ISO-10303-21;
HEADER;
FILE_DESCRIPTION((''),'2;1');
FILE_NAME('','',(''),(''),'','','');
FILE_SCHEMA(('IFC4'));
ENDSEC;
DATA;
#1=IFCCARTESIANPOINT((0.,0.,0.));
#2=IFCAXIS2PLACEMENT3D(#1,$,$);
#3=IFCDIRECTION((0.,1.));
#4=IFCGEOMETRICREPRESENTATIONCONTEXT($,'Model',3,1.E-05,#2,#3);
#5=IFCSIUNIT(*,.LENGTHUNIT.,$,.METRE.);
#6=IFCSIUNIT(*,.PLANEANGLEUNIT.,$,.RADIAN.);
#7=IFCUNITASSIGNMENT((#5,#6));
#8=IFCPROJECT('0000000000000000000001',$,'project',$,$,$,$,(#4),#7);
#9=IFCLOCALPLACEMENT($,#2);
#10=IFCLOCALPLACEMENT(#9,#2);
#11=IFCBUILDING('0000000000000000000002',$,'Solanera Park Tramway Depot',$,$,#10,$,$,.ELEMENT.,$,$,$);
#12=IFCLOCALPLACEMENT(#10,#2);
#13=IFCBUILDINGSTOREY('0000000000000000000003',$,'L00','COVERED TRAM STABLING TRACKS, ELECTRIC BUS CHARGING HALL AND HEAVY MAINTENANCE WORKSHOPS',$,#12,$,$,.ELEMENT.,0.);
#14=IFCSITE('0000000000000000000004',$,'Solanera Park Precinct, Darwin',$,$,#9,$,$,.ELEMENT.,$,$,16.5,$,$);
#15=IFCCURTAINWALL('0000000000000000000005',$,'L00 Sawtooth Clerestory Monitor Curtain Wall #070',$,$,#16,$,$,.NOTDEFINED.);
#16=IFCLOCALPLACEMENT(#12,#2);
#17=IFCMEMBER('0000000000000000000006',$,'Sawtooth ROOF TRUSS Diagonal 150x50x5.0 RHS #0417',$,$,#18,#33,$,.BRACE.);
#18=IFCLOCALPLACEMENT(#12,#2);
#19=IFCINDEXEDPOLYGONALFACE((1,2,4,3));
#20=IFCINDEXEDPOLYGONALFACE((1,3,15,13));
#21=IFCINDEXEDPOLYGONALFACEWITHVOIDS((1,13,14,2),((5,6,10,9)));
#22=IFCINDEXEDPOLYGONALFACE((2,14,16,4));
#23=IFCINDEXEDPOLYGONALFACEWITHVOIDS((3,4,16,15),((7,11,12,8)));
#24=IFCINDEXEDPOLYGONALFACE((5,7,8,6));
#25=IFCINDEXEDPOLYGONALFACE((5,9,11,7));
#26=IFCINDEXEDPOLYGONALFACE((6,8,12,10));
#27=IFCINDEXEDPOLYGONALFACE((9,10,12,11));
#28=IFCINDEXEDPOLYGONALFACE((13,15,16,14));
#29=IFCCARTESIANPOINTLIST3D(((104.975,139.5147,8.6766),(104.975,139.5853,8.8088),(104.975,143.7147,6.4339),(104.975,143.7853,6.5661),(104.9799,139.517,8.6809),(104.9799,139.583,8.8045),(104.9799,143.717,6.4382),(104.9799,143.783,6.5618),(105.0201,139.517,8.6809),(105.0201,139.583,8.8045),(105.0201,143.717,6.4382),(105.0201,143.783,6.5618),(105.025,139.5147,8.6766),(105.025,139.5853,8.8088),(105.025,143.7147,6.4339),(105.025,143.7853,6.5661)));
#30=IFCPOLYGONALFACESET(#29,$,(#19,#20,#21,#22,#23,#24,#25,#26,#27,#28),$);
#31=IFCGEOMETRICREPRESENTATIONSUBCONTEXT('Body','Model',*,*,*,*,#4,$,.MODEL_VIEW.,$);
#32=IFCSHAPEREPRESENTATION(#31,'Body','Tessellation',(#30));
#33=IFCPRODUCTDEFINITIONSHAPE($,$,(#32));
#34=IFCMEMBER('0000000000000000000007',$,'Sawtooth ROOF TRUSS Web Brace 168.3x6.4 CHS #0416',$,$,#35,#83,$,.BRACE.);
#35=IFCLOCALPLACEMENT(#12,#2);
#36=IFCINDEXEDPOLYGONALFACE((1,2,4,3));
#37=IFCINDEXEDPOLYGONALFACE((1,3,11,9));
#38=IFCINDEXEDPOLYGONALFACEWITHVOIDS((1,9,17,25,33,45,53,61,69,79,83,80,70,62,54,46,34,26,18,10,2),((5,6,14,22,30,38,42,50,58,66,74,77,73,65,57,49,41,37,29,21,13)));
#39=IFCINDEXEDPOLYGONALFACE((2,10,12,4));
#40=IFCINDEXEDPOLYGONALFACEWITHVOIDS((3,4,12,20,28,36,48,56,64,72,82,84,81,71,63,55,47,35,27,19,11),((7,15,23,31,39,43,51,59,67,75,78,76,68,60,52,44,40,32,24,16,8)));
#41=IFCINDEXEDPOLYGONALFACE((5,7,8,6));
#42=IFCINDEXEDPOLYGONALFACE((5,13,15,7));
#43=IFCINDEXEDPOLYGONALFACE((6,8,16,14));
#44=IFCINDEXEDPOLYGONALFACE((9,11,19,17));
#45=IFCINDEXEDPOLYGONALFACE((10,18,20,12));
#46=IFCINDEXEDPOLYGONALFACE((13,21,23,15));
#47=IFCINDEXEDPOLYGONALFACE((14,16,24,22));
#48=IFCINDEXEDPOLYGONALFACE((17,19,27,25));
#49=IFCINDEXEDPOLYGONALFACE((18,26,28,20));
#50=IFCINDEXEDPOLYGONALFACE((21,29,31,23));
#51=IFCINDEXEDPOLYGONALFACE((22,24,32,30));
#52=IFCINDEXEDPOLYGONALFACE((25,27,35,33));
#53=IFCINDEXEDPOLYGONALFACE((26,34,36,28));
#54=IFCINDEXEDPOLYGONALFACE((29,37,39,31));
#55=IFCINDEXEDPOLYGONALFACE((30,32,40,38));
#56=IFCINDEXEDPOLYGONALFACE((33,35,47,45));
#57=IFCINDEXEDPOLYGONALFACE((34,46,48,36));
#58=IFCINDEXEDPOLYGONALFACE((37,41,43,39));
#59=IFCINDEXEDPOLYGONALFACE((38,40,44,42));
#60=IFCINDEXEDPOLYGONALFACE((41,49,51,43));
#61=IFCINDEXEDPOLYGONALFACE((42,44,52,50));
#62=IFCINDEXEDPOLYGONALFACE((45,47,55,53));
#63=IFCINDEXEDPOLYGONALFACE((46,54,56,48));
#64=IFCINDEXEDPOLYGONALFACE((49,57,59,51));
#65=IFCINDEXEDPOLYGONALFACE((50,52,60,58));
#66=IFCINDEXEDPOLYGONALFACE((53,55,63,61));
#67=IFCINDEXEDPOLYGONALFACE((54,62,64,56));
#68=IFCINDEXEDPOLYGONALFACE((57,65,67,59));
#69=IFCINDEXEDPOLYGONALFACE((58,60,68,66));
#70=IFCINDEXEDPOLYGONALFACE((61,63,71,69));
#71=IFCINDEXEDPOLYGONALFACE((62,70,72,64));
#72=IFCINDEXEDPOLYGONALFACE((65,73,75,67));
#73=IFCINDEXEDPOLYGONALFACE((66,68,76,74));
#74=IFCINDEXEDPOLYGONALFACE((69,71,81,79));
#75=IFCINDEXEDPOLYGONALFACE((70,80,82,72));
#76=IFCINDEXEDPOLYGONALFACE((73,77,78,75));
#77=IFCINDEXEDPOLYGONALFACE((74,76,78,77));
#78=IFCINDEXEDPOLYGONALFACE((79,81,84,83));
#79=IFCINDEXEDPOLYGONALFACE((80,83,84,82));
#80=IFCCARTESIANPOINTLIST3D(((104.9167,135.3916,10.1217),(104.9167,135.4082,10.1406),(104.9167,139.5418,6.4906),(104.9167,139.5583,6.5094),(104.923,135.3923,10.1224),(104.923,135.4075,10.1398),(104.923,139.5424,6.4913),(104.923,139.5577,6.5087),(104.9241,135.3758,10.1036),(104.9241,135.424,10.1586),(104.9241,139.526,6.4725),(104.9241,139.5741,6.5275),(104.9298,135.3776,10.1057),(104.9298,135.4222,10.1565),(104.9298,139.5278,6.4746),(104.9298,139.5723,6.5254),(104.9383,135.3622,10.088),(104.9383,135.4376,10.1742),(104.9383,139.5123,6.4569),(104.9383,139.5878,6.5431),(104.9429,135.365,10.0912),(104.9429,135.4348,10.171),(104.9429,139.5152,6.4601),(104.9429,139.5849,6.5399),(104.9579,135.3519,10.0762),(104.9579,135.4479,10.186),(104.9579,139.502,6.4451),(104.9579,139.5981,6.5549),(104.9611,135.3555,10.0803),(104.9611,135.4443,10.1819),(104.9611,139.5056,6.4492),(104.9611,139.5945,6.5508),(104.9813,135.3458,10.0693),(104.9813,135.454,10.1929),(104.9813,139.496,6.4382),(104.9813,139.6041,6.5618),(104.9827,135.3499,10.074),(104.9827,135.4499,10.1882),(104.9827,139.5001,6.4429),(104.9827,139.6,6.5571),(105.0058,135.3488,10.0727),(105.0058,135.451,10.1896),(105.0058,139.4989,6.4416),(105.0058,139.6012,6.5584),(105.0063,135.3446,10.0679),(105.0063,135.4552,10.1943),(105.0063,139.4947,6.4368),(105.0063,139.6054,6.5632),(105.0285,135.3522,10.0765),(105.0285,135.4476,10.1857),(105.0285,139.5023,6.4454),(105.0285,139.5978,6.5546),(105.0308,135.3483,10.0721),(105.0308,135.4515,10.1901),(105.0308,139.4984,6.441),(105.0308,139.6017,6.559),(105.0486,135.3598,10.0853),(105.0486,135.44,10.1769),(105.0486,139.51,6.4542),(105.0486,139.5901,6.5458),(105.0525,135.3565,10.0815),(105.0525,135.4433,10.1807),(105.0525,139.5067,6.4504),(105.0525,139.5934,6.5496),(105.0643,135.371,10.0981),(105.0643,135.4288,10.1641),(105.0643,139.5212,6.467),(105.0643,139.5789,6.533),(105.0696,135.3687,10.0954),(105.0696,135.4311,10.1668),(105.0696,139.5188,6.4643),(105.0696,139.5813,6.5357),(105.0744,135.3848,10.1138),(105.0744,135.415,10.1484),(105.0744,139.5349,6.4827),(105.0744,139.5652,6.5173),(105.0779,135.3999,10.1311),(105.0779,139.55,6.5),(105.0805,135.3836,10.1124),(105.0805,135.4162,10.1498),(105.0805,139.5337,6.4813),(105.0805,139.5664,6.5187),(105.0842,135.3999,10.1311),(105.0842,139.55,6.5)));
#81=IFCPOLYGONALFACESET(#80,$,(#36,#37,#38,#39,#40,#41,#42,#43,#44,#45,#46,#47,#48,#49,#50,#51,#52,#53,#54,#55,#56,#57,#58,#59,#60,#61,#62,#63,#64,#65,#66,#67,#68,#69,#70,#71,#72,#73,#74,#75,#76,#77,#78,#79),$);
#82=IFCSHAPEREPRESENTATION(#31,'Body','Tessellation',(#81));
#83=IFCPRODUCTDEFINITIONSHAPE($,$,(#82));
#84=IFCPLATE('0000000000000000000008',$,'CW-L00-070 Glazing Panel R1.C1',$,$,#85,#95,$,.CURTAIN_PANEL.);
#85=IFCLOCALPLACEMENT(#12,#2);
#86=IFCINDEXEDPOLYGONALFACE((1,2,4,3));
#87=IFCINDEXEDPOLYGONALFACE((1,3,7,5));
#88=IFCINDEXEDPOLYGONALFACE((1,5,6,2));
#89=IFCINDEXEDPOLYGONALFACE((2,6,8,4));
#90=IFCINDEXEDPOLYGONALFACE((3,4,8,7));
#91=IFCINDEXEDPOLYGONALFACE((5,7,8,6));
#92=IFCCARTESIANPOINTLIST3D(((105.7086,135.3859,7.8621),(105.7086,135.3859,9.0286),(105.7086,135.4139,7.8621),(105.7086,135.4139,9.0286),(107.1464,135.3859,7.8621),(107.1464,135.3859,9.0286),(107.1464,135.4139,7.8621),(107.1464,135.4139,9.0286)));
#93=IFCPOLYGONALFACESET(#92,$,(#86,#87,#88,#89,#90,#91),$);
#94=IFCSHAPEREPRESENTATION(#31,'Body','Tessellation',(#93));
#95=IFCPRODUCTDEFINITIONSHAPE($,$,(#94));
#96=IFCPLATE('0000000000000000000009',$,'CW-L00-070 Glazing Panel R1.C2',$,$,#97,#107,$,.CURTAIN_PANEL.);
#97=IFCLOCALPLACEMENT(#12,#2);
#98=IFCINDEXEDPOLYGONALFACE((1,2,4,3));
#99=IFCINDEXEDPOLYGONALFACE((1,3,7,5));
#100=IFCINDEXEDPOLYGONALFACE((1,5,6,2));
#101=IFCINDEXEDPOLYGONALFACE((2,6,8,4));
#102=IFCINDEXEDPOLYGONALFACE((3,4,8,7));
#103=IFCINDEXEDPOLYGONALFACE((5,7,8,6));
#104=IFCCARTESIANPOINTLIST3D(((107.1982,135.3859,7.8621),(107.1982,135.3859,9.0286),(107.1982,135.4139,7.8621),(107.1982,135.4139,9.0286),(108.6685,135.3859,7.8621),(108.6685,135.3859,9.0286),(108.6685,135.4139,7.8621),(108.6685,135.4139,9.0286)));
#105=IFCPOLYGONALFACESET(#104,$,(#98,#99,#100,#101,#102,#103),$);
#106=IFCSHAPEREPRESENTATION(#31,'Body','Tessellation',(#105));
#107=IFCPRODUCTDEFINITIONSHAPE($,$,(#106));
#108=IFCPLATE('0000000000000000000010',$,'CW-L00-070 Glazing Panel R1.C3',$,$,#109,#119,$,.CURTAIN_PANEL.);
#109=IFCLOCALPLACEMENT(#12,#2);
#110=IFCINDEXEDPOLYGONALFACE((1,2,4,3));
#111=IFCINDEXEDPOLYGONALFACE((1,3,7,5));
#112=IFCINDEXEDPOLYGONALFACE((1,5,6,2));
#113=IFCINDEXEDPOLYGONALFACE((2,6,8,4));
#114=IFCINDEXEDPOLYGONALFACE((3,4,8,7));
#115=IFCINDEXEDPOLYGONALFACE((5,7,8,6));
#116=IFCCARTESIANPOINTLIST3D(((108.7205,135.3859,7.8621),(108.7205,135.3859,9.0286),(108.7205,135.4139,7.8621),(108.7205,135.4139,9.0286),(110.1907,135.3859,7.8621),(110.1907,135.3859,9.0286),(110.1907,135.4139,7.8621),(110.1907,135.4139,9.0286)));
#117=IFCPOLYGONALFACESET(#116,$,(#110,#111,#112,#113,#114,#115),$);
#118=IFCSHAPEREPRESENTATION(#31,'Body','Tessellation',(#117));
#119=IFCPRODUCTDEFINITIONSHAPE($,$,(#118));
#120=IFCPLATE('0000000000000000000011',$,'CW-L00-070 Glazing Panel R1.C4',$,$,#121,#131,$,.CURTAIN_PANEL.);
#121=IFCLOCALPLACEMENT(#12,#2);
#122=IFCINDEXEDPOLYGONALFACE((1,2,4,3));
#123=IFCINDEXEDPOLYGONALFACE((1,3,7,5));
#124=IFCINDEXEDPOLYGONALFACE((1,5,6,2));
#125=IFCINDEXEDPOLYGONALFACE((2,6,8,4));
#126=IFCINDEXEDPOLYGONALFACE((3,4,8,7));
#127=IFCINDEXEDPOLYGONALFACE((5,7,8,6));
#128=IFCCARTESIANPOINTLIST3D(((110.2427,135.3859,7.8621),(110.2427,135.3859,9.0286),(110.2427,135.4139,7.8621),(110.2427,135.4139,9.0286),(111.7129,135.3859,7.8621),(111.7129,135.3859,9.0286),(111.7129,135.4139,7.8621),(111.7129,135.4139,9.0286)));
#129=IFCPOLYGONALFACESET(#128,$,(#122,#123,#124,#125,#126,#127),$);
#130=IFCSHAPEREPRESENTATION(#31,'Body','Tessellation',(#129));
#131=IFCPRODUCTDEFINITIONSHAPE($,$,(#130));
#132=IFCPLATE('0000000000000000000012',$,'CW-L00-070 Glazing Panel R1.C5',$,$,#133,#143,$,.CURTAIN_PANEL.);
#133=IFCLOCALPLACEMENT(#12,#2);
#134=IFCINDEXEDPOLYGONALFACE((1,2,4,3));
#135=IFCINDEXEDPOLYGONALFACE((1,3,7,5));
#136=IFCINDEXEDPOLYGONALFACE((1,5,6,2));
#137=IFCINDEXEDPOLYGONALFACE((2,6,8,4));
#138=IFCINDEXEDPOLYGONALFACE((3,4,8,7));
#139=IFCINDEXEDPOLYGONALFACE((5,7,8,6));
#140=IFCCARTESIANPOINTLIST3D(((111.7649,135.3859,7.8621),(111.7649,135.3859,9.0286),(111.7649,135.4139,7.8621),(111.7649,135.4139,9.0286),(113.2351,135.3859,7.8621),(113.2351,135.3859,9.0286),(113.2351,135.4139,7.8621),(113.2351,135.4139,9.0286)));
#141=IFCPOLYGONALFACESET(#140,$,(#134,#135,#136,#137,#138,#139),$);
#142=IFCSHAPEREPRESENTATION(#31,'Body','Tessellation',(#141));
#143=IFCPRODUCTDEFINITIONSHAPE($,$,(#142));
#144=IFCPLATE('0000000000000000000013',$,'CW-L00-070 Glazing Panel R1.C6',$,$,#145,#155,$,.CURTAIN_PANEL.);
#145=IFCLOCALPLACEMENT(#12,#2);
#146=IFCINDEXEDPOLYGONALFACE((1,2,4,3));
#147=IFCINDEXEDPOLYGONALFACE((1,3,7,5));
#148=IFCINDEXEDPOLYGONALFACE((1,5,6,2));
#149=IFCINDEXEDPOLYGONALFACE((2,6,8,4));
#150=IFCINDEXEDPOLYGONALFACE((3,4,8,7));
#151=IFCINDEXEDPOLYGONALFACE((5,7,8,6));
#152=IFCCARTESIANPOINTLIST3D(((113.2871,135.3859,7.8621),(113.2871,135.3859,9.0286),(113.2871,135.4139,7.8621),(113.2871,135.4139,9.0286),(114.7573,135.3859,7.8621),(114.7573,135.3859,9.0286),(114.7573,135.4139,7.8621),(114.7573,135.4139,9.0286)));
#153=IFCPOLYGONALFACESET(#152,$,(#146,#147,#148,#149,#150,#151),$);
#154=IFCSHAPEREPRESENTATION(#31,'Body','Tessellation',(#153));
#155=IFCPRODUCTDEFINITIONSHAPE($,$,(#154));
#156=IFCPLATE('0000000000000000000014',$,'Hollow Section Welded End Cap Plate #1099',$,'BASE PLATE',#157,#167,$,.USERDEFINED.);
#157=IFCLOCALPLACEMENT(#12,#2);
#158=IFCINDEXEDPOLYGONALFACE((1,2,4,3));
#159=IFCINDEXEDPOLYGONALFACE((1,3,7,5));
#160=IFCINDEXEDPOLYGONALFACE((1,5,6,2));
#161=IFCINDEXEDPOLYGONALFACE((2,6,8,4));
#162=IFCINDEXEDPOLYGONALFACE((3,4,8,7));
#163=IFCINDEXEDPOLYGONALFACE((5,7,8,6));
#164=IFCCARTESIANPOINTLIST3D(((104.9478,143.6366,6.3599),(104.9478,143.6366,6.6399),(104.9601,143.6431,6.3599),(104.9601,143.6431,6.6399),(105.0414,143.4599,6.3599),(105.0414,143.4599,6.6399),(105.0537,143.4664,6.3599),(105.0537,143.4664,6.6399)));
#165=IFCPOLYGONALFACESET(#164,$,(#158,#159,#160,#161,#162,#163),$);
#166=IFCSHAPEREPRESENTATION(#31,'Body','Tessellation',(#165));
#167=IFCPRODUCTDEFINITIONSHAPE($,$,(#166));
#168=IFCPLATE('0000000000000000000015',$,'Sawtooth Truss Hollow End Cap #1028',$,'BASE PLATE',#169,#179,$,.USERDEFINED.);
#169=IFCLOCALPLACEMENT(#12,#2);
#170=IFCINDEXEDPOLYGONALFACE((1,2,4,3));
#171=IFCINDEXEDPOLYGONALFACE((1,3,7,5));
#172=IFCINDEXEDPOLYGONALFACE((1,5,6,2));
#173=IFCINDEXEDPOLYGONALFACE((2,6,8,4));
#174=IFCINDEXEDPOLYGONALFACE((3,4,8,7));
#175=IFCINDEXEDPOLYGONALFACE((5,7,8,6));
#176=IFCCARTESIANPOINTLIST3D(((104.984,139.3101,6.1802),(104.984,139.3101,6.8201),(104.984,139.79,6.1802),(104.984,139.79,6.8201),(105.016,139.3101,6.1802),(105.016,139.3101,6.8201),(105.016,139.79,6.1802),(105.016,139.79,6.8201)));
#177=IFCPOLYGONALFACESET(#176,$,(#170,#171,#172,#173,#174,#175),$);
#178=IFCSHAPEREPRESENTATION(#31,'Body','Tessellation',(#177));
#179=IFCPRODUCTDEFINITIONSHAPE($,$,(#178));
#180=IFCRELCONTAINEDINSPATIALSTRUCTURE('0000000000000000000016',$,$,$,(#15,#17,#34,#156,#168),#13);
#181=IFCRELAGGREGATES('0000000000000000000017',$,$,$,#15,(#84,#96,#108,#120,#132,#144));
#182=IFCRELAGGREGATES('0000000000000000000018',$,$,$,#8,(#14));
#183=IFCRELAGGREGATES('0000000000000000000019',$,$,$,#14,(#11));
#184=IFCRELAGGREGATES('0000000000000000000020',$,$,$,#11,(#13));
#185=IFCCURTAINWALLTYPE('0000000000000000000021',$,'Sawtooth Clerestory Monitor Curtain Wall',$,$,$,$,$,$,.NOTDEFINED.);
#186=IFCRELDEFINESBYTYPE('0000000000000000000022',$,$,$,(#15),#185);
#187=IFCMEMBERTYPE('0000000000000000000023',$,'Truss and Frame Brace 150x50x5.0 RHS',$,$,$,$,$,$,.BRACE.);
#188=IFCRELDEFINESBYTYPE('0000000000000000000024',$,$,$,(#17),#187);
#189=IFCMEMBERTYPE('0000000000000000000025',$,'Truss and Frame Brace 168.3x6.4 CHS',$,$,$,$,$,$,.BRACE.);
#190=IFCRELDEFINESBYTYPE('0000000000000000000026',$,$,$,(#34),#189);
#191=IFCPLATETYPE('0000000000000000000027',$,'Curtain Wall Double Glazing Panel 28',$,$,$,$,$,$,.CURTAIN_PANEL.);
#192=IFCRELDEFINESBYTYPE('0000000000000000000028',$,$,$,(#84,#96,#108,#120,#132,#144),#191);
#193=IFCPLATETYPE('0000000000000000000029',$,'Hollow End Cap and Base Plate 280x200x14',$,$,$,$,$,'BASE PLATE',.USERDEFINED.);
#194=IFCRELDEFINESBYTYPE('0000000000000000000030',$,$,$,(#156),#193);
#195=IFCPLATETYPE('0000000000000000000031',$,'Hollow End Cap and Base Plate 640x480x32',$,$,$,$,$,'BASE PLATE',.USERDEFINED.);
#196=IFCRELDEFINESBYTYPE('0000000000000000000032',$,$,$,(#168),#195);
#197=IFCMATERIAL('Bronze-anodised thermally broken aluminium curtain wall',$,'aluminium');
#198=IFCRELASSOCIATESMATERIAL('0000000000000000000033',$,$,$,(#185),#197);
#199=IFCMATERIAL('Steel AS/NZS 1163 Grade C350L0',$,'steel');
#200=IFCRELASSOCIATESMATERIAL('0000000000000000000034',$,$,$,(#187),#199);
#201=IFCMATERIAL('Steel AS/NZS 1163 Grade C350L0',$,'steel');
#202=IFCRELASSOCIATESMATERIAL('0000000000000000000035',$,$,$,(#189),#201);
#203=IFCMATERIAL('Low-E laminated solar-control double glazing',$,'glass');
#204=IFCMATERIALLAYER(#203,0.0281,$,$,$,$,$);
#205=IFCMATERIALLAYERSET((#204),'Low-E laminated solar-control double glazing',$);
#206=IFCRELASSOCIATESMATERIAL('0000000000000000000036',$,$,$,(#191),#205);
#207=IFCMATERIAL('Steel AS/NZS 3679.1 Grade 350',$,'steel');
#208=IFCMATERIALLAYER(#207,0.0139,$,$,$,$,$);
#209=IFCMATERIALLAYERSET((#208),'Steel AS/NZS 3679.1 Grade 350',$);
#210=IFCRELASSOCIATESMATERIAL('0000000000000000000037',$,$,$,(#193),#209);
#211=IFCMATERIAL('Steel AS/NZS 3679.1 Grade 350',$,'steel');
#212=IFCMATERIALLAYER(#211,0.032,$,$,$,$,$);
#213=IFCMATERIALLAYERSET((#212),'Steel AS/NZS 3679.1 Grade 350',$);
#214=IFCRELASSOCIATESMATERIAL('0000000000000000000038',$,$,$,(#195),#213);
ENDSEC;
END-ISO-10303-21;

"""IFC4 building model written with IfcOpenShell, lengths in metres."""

from ifc_helpers import new_model, si_unit, direction, frame, origin, origin_2d, place, context, subcontext, project, spatial, rectangle, hollow_rectangle, hollow_circle, extrude, material, layer, layer_set, material_profile, profile_set, type_object, element, aggregate, save


model = new_model("IFC4")

# Units and contexts
model_context = context("Model", 3, precision=1e-05, world=origin(), true_north=direction((0.0, 1.0)))
body_context = subcontext(model_context, "Body", "Model", "MODEL_VIEW")
ifc_project = project(units=[si_unit("LENGTHUNIT", "METRE"), si_unit("PLANEANGLEUNIT", "RADIAN")], contexts=[model_context])

# Site, building, storey
site_placement = place(None, origin())
site = spatial("IfcSite", under=ifc_project, at=site_placement, Name="Solanera Park Precinct, Darwin", CompositionType="ELEMENT", RefElevation=16.5)
building_placement = place(site_placement, origin())
building = spatial("IfcBuilding", under=site, at=building_placement, Name="Solanera Park Tramway Depot", CompositionType="ELEMENT")
storey_placement = place(building_placement, origin())
storey = spatial("IfcBuildingStorey", under=building, at=storey_placement, Name="L00", Description="COVERED TRAM STABLING TRACKS, ELECTRIC BUS CHARGING HALL AND HEAVY MAINTENANCE WORKSHOPS", CompositionType="ELEMENT", Elevation=0.0)

# Curtain wall
ifc_material_1 = material(Name="Bronze-anodised thermally broken aluminium curtain wall", Category="aluminium")
curtain_wall_type = type_object("IfcCurtainWallType", Name="Sawtooth Clerestory Monitor Curtain Wall", PredefinedType="NOTDEFINED", material=ifc_material_1)
curtain_wall_placement = place(storey_placement, origin())
curtain_wall = element("IfcCurtainWall", 1, at=curtain_wall_placement, inside=storey, type_object=curtain_wall_type, Name="L00 Sawtooth Clerestory Monitor Curtain Wall #070", PredefinedType="NOTDEFINED")

# Members
ifc_material_2 = material(Name="Steel AS/NZS 1163 Grade C350L0", Category="steel")
ifc_material_profile_1 = material_profile(ifc_material_2, hollow_rectangle(XDim=0.05, YDim=0.1499, WallThickness=0.0049, at=origin_2d()), Name="150x50x5.0 RHS")
ifc_profile_set_1 = profile_set([ifc_material_profile_1], Name="Steel AS/NZS 1163 Grade C350L0")
member_type_1 = type_object("IfcMemberType", Name="Truss and Frame Brace 150x50x5.0 RHS", PredefinedType="BRACE", material=ifc_profile_set_1)
member_1_placement = place(storey_placement, frame((105.0, 143.75, 6.5), z_axis=(0.0, -0.882117, 0.47103), x_axis=(1.0, 0.0, 0.0)))
element("IfcMember", 2, at=member_1_placement, inside=storey, type_object=member_type_1, Name="Sawtooth ROOF TRUSS Diagonal 150x50x5.0 RHS #0417", PredefinedType="BRACE", context=body_context, shape_type="SweptSolid", body=[
    extrude(hollow_rectangle(XDim=0.05, YDim=0.1499, WallThickness=0.0049, at=origin_2d()), origin(), (0.0, 0.0, 1.0), 4.7612),
])
ifc_material_3 = material(Name="Steel AS/NZS 1163 Grade C350L0", Category="steel")
ifc_material_profile_2 = material_profile(ifc_material_3, hollow_circle(Radius=0.0842, WallThickness=0.0063, at=origin_2d()), Name="168.3x6.4 CHS")
ifc_profile_set_2 = profile_set([ifc_material_profile_2], Name="Steel AS/NZS 1163 Grade C350L0")
member_type_2 = type_object("IfcMemberType", Name="Truss and Frame Brace 168.3x6.4 CHS", PredefinedType="BRACE", material=ifc_profile_set_2)
member_2_placement = place(storey_placement, frame((105.0, 139.55, 6.5), z_axis=(0.0, -0.752601, 0.658476), x_axis=(1.0, 0.0, 0.0)))
element("IfcMember", 3, at=member_2_placement, inside=storey, type_object=member_type_2, Name="Sawtooth ROOF TRUSS Web Brace 168.3x6.4 CHS #0416", PredefinedType="BRACE", context=body_context, shape_type="SweptSolid", body=[
    extrude(hollow_circle(Radius=0.0842, WallThickness=0.0063, at=origin_2d()), origin(), (0.0, 0.0, 1.0), 5.5144),
])

# Plates
ifc_material_4 = material(Name="Low-E laminated solar-control double glazing", Category="glass")
ifc_layer_1 = layer(ifc_material_4, 0.0281)
ifc_layer_set_1 = layer_set([ifc_layer_1], Name="Low-E laminated solar-control double glazing")
plate_type_1 = type_object("IfcPlateType", Name="Curtain Wall Double Glazing Panel 28", PredefinedType="CURTAIN_PANEL", material=ifc_layer_set_1)
plate_1_placement = place(storey_placement, frame((106.4275, 135.3999, 7.8621), z_axis=(0.0, 0.0, 1.0), x_axis=(1.0, 0.0, 0.0)))
plate_1 = element("IfcPlate", 4, at=plate_1_placement, type_object=plate_type_1, Name="CW-L00-070 Glazing Panel R1.C1", PredefinedType="CURTAIN_PANEL", context=body_context, shape_type="SweptSolid", body=[
    extrude(rectangle(XDim=1.4377, YDim=0.0281, at=origin_2d()), origin(), (0.0, 0.0, 1.0), 1.1665),
])
plate_2_placement = place(storey_placement, frame((107.9333, 135.3999, 7.8621), z_axis=(0.0, 0.0, 1.0), x_axis=(1.0, 0.0, 0.0)))
plate_2 = element("IfcPlate", 5, at=plate_2_placement, type_object=plate_type_1, Name="CW-L00-070 Glazing Panel R1.C2", PredefinedType="CURTAIN_PANEL", context=body_context, shape_type="SweptSolid", body=[
    extrude(rectangle(XDim=1.4702, YDim=0.0281, at=origin_2d()), origin(), (0.0, 0.0, 1.0), 1.1665),
])
plate_3_placement = place(storey_placement, frame((109.4556, 135.3999, 7.8621), z_axis=(0.0, 0.0, 1.0), x_axis=(1.0, 0.0, 0.0)))
plate_3 = element("IfcPlate", 6, at=plate_3_placement, type_object=plate_type_1, Name="CW-L00-070 Glazing Panel R1.C3", PredefinedType="CURTAIN_PANEL", context=body_context, shape_type="SweptSolid", body=[
    extrude(rectangle(XDim=1.4702, YDim=0.0281, at=origin_2d()), origin(), (0.0, 0.0, 1.0), 1.1665),
])
plate_4_placement = place(storey_placement, frame((110.9778, 135.3999, 7.8621), z_axis=(0.0, 0.0, 1.0), x_axis=(1.0, 0.0, 0.0)))
plate_4 = element("IfcPlate", 7, at=plate_4_placement, type_object=plate_type_1, Name="CW-L00-070 Glazing Panel R1.C4", PredefinedType="CURTAIN_PANEL", context=body_context, shape_type="SweptSolid", body=[
    extrude(rectangle(XDim=1.4702, YDim=0.0281, at=origin_2d()), origin(), (0.0, 0.0, 1.0), 1.1665),
])
plate_5_placement = place(storey_placement, frame((112.5, 135.3999, 7.8621), z_axis=(0.0, 0.0, 1.0), x_axis=(1.0, 0.0, 0.0)))
plate_5 = element("IfcPlate", 8, at=plate_5_placement, type_object=plate_type_1, Name="CW-L00-070 Glazing Panel R1.C5", PredefinedType="CURTAIN_PANEL", context=body_context, shape_type="SweptSolid", body=[
    extrude(rectangle(XDim=1.4702, YDim=0.0281, at=origin_2d()), origin(), (0.0, 0.0, 1.0), 1.1665),
])
plate_6_placement = place(storey_placement, frame((114.0222, 135.3999, 7.8621), z_axis=(0.0, 0.0, 1.0), x_axis=(1.0, 0.0, 0.0)))
plate_6 = element("IfcPlate", 9, at=plate_6_placement, type_object=plate_type_1, Name="CW-L00-070 Glazing Panel R1.C6", PredefinedType="CURTAIN_PANEL", context=body_context, shape_type="SweptSolid", body=[
    extrude(rectangle(XDim=1.4702, YDim=0.0281, at=origin_2d()), origin(), (0.0, 0.0, 1.0), 1.1665),
])
aggregate(curtain_wall, [plate_1, plate_2, plate_3, plate_4, plate_5, plate_6])

# Plates
ifc_material_5 = material(Name="Steel AS/NZS 3679.1 Grade 350", Category="steel")
ifc_layer_2 = layer(ifc_material_5, 0.0139)
ifc_layer_set_2 = layer_set([ifc_layer_2], Name="Steel AS/NZS 3679.1 Grade 350")
plate_type_2 = type_object("IfcPlateType", Name="Hollow End Cap and Base Plate 280x200x14", ElementType="BASE PLATE", PredefinedType="USERDEFINED", material=ifc_layer_set_2)
plate_7_placement = place(storey_placement, frame((105.0007, 143.5515, 6.3599), z_axis=(0.0, 0.0, 1.0), x_axis=(0.883521, 0.468392, 0.0)))
element("IfcPlate", 10, at=plate_7_placement, inside=storey, type_object=plate_type_2, Name="Hollow Section Welded End Cap Plate #1099", ObjectType="BASE PLATE", PredefinedType="USERDEFINED", context=body_context, shape_type="SweptSolid", body=[
    extrude(rectangle(XDim=0.0139, YDim=0.2, at=origin_2d()), origin(), (0.0, 0.0, 1.0), 0.28),
])
ifc_material_6 = material(Name="Steel AS/NZS 3679.1 Grade 350", Category="steel")
ifc_layer_3 = layer(ifc_material_6, 0.032)
ifc_layer_set_3 = layer_set([ifc_layer_3], Name="Steel AS/NZS 3679.1 Grade 350")
plate_type_3 = type_object("IfcPlateType", Name="Hollow End Cap and Base Plate 640x480x32", ElementType="BASE PLATE", PredefinedType="USERDEFINED", material=ifc_layer_set_3)
plate_8_placement = place(storey_placement, frame((105.0, 139.55, 6.1802), z_axis=(0.0, 0.0, 1.0), x_axis=(1.0, 0.0, 0.0)))
element("IfcPlate", 11, at=plate_8_placement, inside=storey, type_object=plate_type_3, Name="Sawtooth Truss Hollow End Cap #1028", ObjectType="BASE PLATE", PredefinedType="USERDEFINED", context=body_context, shape_type="SweptSolid", body=[
    extrude(rectangle(XDim=0.032, YDim=0.48, at=origin_2d()), origin(), (0.0, 0.0, 1.0), 0.6399),
])

save(model, "model.ifc")
